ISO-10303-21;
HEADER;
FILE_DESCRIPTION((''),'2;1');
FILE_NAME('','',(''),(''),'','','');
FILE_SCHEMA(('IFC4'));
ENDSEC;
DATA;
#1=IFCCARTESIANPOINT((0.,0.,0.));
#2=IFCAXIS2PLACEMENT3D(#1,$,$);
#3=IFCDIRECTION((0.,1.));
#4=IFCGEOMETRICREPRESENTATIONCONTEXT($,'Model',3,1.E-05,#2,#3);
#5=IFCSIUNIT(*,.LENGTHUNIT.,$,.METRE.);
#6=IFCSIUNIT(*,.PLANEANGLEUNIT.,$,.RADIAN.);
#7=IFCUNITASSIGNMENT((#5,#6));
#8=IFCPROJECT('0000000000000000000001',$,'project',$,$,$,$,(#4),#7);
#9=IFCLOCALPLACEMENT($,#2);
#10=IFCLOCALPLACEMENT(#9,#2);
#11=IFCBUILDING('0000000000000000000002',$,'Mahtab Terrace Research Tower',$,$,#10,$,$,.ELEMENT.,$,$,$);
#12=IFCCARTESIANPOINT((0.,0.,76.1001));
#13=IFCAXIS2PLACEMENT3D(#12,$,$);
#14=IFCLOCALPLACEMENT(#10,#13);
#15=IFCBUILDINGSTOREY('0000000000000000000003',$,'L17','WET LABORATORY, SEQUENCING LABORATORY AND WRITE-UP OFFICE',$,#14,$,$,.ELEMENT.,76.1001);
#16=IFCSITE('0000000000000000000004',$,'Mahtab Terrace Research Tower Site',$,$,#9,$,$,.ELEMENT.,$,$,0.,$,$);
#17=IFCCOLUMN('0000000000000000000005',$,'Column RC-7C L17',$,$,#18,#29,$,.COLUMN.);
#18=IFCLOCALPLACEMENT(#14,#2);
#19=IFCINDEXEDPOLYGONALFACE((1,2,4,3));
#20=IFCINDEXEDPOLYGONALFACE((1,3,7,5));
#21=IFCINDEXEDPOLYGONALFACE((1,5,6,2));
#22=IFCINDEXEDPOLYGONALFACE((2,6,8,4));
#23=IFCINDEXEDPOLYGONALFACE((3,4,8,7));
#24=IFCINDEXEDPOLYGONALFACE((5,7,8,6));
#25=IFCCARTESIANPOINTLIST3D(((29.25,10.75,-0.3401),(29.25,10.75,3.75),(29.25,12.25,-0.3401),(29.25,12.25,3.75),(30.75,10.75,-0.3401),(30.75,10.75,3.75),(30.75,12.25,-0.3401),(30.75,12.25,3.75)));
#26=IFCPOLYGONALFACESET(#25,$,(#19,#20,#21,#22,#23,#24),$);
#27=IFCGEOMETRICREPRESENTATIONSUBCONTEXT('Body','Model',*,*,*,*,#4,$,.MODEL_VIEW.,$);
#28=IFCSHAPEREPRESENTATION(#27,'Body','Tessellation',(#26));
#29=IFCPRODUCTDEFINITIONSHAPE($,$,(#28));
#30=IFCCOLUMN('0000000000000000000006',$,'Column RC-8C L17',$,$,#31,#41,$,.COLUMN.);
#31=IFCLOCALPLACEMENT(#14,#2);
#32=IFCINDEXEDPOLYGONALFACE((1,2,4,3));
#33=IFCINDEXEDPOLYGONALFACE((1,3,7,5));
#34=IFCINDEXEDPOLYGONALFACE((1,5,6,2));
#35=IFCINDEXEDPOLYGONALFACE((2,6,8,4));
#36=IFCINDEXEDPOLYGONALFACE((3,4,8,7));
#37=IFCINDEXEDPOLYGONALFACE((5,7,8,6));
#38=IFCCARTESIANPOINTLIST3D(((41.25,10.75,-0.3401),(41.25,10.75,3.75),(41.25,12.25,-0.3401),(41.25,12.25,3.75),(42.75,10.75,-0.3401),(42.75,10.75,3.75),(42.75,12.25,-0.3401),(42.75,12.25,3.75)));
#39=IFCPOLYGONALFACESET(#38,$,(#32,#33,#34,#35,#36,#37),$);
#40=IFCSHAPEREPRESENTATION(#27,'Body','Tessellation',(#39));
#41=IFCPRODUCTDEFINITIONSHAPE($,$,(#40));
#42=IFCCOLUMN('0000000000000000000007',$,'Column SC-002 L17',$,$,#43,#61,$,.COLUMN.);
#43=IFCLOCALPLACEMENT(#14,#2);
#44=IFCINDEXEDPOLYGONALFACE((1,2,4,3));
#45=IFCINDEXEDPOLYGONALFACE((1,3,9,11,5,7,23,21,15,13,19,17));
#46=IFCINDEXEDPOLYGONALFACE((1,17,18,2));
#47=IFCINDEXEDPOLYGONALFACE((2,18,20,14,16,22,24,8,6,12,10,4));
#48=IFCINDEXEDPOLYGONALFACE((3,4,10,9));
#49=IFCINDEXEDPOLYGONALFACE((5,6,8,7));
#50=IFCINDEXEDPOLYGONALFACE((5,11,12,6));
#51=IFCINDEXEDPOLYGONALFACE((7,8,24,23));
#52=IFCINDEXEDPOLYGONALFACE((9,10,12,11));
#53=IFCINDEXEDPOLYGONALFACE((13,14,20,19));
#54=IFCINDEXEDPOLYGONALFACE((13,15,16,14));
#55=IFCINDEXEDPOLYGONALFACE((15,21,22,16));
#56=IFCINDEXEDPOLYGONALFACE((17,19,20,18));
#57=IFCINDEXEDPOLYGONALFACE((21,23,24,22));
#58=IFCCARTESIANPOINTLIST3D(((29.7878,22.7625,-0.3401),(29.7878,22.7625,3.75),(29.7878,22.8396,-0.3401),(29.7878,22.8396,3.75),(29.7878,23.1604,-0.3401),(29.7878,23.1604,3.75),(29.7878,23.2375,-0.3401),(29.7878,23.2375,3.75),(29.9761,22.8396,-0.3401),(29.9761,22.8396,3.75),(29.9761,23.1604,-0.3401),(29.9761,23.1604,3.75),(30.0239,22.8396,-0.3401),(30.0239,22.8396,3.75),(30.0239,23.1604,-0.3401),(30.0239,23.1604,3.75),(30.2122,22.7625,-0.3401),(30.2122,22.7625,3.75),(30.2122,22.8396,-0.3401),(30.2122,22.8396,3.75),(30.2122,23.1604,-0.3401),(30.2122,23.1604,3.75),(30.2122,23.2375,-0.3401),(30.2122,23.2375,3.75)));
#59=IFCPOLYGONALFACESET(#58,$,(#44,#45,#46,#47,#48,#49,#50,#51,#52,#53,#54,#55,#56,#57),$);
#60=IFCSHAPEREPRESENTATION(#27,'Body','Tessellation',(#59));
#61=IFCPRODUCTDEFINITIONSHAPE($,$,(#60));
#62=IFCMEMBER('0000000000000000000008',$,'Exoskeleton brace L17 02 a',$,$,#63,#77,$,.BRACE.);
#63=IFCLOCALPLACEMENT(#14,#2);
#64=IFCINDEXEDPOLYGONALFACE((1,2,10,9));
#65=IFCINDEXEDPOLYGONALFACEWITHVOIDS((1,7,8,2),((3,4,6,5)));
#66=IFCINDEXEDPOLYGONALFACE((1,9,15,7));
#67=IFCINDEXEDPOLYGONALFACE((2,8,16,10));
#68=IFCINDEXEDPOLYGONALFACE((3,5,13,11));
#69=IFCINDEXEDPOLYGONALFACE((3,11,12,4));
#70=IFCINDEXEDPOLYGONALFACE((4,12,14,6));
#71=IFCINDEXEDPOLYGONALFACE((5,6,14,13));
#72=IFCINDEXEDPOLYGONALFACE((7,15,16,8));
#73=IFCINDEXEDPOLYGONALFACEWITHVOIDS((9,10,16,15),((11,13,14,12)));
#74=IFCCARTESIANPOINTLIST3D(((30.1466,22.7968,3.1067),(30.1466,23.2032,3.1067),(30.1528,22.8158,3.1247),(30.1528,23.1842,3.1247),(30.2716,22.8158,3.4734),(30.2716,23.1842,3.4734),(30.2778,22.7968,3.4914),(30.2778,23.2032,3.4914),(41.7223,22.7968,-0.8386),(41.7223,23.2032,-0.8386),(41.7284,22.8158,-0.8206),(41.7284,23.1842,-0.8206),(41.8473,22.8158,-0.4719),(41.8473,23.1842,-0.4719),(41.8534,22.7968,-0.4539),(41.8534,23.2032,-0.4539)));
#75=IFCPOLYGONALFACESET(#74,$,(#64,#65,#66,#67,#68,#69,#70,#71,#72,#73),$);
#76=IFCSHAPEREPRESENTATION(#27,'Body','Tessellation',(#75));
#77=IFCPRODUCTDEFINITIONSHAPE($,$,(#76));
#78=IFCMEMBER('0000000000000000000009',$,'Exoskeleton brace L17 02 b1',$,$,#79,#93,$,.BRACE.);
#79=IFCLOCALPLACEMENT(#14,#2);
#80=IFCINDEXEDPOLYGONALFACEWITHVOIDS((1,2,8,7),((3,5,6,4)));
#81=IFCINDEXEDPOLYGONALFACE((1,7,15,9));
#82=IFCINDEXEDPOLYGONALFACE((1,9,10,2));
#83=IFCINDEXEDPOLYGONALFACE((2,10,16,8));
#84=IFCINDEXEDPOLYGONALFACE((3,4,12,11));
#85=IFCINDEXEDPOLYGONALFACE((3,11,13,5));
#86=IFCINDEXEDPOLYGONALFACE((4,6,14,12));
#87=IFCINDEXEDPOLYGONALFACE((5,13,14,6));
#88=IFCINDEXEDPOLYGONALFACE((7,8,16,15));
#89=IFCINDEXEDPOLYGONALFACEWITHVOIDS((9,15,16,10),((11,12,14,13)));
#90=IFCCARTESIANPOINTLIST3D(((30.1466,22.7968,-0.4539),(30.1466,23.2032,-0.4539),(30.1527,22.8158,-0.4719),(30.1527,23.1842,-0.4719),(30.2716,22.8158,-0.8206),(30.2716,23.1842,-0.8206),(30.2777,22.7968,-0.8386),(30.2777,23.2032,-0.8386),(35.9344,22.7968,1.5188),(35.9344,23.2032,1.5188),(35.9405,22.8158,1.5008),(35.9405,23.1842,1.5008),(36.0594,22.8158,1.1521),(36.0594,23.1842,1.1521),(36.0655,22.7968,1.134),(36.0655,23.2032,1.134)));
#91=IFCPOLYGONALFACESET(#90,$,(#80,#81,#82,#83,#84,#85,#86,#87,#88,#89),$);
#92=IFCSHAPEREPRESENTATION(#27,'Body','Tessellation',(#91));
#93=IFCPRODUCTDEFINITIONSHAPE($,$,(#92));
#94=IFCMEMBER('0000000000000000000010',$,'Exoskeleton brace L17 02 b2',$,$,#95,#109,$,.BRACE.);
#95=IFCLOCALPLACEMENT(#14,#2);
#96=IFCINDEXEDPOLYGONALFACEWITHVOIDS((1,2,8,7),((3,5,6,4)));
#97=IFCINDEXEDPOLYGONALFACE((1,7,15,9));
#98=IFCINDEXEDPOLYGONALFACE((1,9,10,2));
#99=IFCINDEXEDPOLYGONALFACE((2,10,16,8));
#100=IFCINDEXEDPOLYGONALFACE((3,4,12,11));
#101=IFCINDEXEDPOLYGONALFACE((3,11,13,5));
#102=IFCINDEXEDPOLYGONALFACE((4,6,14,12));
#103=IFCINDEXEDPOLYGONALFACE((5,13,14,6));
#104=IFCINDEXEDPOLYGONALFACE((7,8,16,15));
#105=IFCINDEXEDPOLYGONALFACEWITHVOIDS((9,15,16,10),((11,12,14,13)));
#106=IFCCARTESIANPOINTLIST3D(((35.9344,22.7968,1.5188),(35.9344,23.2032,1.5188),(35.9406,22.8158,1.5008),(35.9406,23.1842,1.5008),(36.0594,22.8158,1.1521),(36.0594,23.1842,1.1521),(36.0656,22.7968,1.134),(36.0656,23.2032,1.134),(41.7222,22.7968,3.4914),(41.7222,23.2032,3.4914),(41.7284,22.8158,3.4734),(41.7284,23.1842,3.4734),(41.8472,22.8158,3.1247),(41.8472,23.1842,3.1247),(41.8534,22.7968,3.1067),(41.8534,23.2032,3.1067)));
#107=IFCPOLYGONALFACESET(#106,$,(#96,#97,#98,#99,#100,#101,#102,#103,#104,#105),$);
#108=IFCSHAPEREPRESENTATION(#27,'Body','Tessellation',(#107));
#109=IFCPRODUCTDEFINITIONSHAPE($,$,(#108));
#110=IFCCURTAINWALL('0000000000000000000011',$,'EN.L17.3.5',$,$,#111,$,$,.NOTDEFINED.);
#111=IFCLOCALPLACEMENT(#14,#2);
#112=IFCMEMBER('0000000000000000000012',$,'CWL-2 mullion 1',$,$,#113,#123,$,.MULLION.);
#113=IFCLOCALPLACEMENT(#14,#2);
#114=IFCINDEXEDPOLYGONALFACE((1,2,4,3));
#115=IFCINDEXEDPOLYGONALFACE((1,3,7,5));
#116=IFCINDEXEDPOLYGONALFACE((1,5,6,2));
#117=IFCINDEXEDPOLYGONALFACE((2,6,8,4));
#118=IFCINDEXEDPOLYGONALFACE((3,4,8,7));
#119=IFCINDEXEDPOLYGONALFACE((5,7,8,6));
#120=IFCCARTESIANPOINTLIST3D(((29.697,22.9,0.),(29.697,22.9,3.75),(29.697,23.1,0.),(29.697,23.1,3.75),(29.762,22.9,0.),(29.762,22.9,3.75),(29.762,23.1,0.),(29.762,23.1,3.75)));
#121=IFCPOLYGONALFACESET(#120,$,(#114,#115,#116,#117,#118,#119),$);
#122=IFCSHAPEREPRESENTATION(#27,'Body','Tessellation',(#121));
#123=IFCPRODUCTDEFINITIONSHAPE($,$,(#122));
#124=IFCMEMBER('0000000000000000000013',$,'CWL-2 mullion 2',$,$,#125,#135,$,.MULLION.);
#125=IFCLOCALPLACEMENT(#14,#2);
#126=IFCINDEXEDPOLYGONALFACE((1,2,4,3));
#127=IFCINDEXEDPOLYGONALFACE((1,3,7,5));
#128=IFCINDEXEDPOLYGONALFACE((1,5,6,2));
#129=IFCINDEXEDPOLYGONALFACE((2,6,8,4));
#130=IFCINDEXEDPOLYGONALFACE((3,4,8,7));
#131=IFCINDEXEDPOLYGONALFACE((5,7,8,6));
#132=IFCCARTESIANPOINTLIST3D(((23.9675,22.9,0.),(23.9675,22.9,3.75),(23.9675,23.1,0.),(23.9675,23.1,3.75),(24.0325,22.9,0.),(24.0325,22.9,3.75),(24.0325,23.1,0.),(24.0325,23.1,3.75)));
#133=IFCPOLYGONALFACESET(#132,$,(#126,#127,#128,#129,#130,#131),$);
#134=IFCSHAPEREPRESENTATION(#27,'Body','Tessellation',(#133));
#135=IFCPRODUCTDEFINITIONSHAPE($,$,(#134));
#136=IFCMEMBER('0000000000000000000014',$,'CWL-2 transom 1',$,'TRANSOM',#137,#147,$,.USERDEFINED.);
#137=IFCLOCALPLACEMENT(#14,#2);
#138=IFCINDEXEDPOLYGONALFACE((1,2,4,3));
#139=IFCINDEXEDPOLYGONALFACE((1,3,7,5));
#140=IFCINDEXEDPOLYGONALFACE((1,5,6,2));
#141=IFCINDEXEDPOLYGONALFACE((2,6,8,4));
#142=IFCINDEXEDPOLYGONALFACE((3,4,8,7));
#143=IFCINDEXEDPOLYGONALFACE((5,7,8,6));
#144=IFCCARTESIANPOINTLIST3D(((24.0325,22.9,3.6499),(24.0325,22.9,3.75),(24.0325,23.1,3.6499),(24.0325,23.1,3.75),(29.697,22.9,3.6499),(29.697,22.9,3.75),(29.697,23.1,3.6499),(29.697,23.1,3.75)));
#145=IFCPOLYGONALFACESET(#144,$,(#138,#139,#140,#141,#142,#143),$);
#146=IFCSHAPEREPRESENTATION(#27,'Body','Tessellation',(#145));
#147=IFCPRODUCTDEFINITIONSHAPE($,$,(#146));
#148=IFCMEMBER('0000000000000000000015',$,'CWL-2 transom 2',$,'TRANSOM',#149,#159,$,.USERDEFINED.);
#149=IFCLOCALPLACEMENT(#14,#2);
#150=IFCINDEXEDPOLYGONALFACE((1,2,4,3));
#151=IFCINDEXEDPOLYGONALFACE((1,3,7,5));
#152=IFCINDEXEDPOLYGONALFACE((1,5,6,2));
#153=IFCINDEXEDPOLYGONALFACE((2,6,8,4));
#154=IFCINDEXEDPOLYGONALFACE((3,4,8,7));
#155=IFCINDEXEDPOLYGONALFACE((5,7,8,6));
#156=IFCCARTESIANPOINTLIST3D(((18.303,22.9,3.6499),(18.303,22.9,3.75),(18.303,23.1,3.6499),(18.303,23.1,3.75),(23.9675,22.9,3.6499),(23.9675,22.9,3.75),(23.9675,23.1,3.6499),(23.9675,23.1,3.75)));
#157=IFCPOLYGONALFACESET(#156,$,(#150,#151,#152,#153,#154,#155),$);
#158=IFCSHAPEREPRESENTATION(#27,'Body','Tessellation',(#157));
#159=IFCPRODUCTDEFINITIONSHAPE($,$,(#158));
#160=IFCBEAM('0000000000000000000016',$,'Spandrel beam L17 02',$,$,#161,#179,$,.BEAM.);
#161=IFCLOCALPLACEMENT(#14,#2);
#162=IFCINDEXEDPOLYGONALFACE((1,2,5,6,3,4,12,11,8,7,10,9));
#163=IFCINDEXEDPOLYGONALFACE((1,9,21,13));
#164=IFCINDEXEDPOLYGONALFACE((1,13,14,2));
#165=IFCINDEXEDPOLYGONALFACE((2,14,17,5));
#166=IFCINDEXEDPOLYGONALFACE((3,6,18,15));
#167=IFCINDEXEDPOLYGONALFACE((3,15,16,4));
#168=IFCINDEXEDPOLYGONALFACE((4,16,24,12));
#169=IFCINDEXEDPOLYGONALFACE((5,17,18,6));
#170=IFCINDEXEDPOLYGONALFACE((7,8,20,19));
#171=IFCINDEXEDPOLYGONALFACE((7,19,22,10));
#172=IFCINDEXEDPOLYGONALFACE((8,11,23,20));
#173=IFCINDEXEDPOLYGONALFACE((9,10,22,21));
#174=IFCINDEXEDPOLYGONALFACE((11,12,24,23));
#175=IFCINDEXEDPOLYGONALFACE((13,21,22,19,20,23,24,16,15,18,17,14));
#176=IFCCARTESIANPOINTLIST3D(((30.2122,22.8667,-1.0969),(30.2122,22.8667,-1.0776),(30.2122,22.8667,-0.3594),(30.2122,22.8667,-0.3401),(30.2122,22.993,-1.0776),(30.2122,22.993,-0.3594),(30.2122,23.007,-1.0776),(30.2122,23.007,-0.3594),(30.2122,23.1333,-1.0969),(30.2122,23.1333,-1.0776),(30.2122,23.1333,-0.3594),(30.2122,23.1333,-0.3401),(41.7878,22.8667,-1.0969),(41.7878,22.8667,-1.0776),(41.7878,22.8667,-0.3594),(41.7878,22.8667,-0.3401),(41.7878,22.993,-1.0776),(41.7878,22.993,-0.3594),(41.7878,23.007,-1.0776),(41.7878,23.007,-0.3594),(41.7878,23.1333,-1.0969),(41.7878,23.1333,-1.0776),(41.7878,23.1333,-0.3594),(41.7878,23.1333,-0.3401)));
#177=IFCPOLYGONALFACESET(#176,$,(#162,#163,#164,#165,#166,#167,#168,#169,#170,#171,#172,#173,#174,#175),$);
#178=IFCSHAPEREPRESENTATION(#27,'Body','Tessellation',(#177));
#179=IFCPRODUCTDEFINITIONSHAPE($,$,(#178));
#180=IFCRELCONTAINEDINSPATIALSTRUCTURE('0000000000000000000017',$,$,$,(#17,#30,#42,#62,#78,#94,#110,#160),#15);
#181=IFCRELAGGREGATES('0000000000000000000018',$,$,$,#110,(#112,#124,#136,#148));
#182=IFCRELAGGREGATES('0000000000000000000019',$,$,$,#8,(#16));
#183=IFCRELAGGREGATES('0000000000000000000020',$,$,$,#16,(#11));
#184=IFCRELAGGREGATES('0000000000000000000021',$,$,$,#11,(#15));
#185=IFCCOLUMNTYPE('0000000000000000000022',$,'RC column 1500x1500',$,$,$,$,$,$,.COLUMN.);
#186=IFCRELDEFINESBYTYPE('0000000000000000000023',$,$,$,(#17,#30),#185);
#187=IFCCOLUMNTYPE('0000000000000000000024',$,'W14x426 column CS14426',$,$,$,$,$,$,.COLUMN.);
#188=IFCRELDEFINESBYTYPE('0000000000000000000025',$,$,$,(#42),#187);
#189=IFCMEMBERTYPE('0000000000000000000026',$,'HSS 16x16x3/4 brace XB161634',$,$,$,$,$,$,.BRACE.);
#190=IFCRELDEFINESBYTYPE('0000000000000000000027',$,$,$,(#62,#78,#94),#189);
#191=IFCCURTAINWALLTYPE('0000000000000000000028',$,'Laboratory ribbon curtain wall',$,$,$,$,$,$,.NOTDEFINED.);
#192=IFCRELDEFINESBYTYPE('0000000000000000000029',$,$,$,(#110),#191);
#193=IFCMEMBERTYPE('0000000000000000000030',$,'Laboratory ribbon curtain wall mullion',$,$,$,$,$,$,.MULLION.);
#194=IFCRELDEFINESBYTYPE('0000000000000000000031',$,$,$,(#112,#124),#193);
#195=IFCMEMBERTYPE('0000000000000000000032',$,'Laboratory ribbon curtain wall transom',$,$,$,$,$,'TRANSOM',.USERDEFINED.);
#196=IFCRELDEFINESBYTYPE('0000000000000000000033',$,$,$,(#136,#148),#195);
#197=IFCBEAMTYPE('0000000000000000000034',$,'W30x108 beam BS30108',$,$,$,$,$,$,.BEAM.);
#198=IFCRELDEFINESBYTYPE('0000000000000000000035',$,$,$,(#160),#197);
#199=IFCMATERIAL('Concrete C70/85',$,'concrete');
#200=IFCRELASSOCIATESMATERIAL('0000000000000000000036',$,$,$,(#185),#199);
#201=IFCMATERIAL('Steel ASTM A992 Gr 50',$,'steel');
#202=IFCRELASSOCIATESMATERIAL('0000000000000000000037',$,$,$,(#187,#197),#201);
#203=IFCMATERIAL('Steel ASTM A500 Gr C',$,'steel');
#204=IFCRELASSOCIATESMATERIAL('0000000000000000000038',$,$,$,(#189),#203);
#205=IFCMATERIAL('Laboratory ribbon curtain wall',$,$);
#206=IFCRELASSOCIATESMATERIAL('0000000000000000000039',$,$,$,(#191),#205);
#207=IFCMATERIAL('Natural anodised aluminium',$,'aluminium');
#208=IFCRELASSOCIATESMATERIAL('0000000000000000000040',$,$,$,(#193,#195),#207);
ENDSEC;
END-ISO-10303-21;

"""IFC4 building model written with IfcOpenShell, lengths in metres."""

from ifc_helpers import new_model, si_unit, direction, frame, origin, origin_2d, place, context, subcontext, project, spatial, rectangle, hollow_rectangle, i_section, extrude, material, material_profile, profile_set, type_object, element, aggregate, save


model = new_model("IFC4")

# Units and contexts
model_context = context("Model", 3, precision=1e-05, world=origin(), true_north=direction((0.0, 1.0)))
body_context = subcontext(model_context, "Body", "Model", "MODEL_VIEW")
ifc_project = project(units=[si_unit("LENGTHUNIT", "METRE"), si_unit("PLANEANGLEUNIT", "RADIAN")], contexts=[model_context])

# Site, building, storey
site_placement = place(None, origin())
site = spatial("IfcSite", under=ifc_project, at=site_placement, Name="Mahtab Terrace Research Tower Site", CompositionType="ELEMENT", RefElevation=0.0)
building_placement = place(site_placement, origin())
building = spatial("IfcBuilding", under=site, at=building_placement, Name="Mahtab Terrace Research Tower", CompositionType="ELEMENT")
storey_placement = place(building_placement, frame((0.0, 0.0, 76.1001)))
storey = spatial("IfcBuildingStorey", under=building, at=storey_placement, Name="L17", Description="WET LABORATORY, SEQUENCING LABORATORY AND WRITE-UP OFFICE", CompositionType="ELEMENT", Elevation=76.1001)

# Columns
ifc_material_1 = material(Name="Concrete C70/85", Category="concrete")
ifc_material_profile_1 = material_profile(ifc_material_1, rectangle(XDim=1.5, YDim=1.5, at=origin_2d()), Name="RC column 1500x1500")
ifc_profile_set_1 = profile_set([ifc_material_profile_1], Name="Concrete C70/85")
column_type_1 = type_object("IfcColumnType", Name="RC column 1500x1500", PredefinedType="COLUMN", material=ifc_profile_set_1)
for number, where, z_axis, x_axis, name in (
    (1, (30.0, 11.5, -0.3401), (0.0, 0.0, 1.0), (1.0, 0.0, 0.0), "Column RC-7C L17"),
    (2, (42.0, 11.5, -0.3401), (0.0, 0.0, 1.0), (1.0, 0.0, 0.0), "Column RC-8C L17"),
):
    element("IfcColumn", number, at=place(storey_placement, frame(where, z_axis=z_axis, x_axis=x_axis)), inside=storey, type_object=column_type_1, Name=name, PredefinedType="COLUMN", context=body_context, shape_type="SweptSolid", body=[
        extrude(rectangle(XDim=1.5, YDim=1.5, at=origin_2d()), origin(), (0.0, 0.0, 1.0), 4.0901),
    ])
ifc_material_2 = material(Name="Steel ASTM A992 Gr 50", Category="steel")
ifc_material_profile_2 = material_profile(ifc_material_2, i_section(OverallWidth=0.4243, OverallDepth=0.4751, WebThickness=0.0479, FlangeThickness=0.0771, at=origin_2d()), Name="W14X426")
ifc_profile_set_2 = profile_set([ifc_material_profile_2], Name="Steel ASTM A992 Gr 50")
column_type_2 = type_object("IfcColumnType", Name="W14x426 column CS14426", PredefinedType="COLUMN", material=ifc_profile_set_2)
column_placement = place(storey_placement, frame((30.0, 23.0, -0.3401), z_axis=(0.0, 0.0, 1.0), x_axis=(1.0, 0.0, 0.0)))
element("IfcColumn", 3, at=column_placement, inside=storey, type_object=column_type_2, Name="Column SC-002 L17", PredefinedType="COLUMN", context=body_context, shape_type="SweptSolid", body=[
    extrude(i_section(OverallWidth=0.4243, OverallDepth=0.4751, WebThickness=0.0479, FlangeThickness=0.0771, at=origin_2d()), origin(), (0.0, 0.0, 1.0), 4.0901),
])

# Members
ifc_material_3 = material(Name="Steel ASTM A500 Gr C", Category="steel")
ifc_material_profile_3 = material_profile(ifc_material_3, hollow_rectangle(XDim=0.4065, YDim=0.4065, WallThickness=0.019, at=origin_2d()), Name="HSS16X16X3/4")
ifc_profile_set_3 = profile_set([ifc_material_profile_3], Name="Steel ASTM A500 Gr C")
member_type_1 = type_object("IfcMemberType", Name="HSS 16x16x3/4 brace XB161634", PredefinedType="BRACE", material=ifc_profile_set_3)
member_1_placement = place(storey_placement, frame((41.7878, 23.0, -0.6462), z_axis=(-0.946534, 0.0, 0.322605), x_axis=(0.0, -1.0, 0.0)))
element("IfcMember", 4, at=member_1_placement, inside=storey, type_object=member_type_1, Name="Exoskeleton brace L17 02 a", PredefinedType="BRACE", context=body_context, shape_type="SweptSolid", body=[
    extrude(hollow_rectangle(XDim=0.4065, YDim=0.4065, WallThickness=0.019, at=origin_2d()), origin(), (0.0, 0.0, 1.0), 12.2295),
])
for number, where, z_axis, x_axis, name in (
    (5, (30.2122, 23.0, -0.6462), (0.946534, 0.0, 0.322605), (0.0, 1.0, 0.0), "Exoskeleton brace L17 02 b1"),
    (6, (36.0, 23.0, 1.3264), (0.946534, 0.0, 0.322605), (0.0, 1.0, 0.0), "Exoskeleton brace L17 02 b2"),
):
    element("IfcMember", number, at=place(storey_placement, frame(where, z_axis=z_axis, x_axis=x_axis)), inside=storey, type_object=member_type_1, Name=name, PredefinedType="BRACE", context=body_context, shape_type="SweptSolid", body=[
        extrude(hollow_rectangle(XDim=0.4065, YDim=0.4065, WallThickness=0.019, at=origin_2d()), origin(), (0.0, 0.0, 1.0), 6.1147),
    ])

# Curtain wall, members
ifc_material_4 = material(Name="Laboratory ribbon curtain wall")
curtain_wall_type = type_object("IfcCurtainWallType", Name="Laboratory ribbon curtain wall", PredefinedType="NOTDEFINED", material=ifc_material_4)
curtain_wall_placement = place(storey_placement, origin())
curtain_wall = element("IfcCurtainWall", 7, at=curtain_wall_placement, inside=storey, type_object=curtain_wall_type, Name="EN.L17.3.5", PredefinedType="NOTDEFINED")
ifc_material_5 = material(Name="Natural anodised aluminium", Category="aluminium")
ifc_material_profile_4 = material_profile(ifc_material_5, rectangle(XDim=0.2, YDim=0.0649, at=origin_2d()), Name="MULLION 65x200")
ifc_profile_set_4 = profile_set([ifc_material_profile_4], Name="Natural anodised aluminium")
member_type_2 = type_object("IfcMemberType", Name="Laboratory ribbon curtain wall mullion", PredefinedType="MULLION", material=ifc_profile_set_4)
member_2_placement = place(storey_placement, frame((29.7295, 23.0, 0.0), z_axis=(0.0, 0.0, 1.0), x_axis=(0.0, -1.0, 0.0)))
member_2 = element("IfcMember", 8, at=member_2_placement, type_object=member_type_2, Name="CWL-2 mullion 1", PredefinedType="MULLION", context=body_context, shape_type="SweptSolid", body=[
    extrude(rectangle(XDim=0.2, YDim=0.0649, at=origin_2d()), origin(), (0.0, 0.0, 1.0), 3.75),
])
member_3_placement = place(storey_placement, frame((24.0, 23.0, 0.0), z_axis=(0.0, 0.0, 1.0), x_axis=(0.0, -1.0, 0.0)))
member_3 = element("IfcMember", 9, at=member_3_placement, type_object=member_type_2, Name="CWL-2 mullion 2", PredefinedType="MULLION", context=body_context, shape_type="SweptSolid", body=[
    extrude(rectangle(XDim=0.2, YDim=0.0649, at=origin_2d()), origin(), (0.0, 0.0, 1.0), 3.75),
])
ifc_material_profile_5 = material_profile(ifc_material_5, rectangle(XDim=0.2, YDim=0.1001, at=origin_2d()), Name="TRANSOM 100x200")
ifc_profile_set_5 = profile_set([ifc_material_profile_5], Name="Natural anodised aluminium")
member_type_3 = type_object("IfcMemberType", Name="Laboratory ribbon curtain wall transom", ElementType="TRANSOM", PredefinedType="USERDEFINED", material=ifc_profile_set_5)
member_4_placement = place(storey_placement, frame((29.697, 23.0, 3.7), z_axis=(-1.0, 0.0, 0.0), x_axis=(0.0, -1.0, 0.0)))
member_4 = element("IfcMember", 10, at=member_4_placement, type_object=member_type_3, Name="CWL-2 transom 1", ObjectType="TRANSOM", PredefinedType="USERDEFINED", context=body_context, shape_type="SweptSolid", body=[
    extrude(rectangle(XDim=0.2, YDim=0.1001, at=origin_2d()), origin(), (0.0, 0.0, 1.0), 5.6646),
])
member_5_placement = place(storey_placement, frame((23.9675, 23.0, 3.7), z_axis=(-1.0, 0.0, 0.0), x_axis=(0.0, -1.0, 0.0)))
member_5 = element("IfcMember", 11, at=member_5_placement, type_object=member_type_3, Name="CWL-2 transom 2", ObjectType="TRANSOM", PredefinedType="USERDEFINED", context=body_context, shape_type="SweptSolid", body=[
    extrude(rectangle(XDim=0.2, YDim=0.1001, at=origin_2d()), origin(), (0.0, 0.0, 1.0), 5.6646),
])

# Beam
ifc_material_profile_6 = material_profile(ifc_material_2, i_section(OverallWidth=0.2666, OverallDepth=0.7568, WebThickness=0.0139, FlangeThickness=0.0193, at=origin_2d()), Name="W30X108")
ifc_profile_set_6 = profile_set([ifc_material_profile_6], Name="Steel ASTM A992 Gr 50")
beam_type = type_object("IfcBeamType", Name="W30x108 beam BS30108", PredefinedType="BEAM", material=ifc_profile_set_6)
for number, where, z_axis, x_axis, name in (
    (12, (41.7878, 23.0, -0.7185), (-1.0, 0.0, 0.0), (0.0, -1.0, 0.0), "Spandrel beam L17 02"),
):
    element("IfcBeam", number, at=place(storey_placement, frame(where, z_axis=z_axis, x_axis=x_axis)), inside=storey, type_object=beam_type, Name=name, PredefinedType="BEAM", context=body_context, shape_type="SweptSolid", body=[
        extrude(i_section(OverallWidth=0.2666, OverallDepth=0.7568, WebThickness=0.0139, FlangeThickness=0.0193, at=origin_2d()), origin(), (0.0, 0.0, 1.0), 11.5757),
    ])

aggregate(curtain_wall, [member_2, member_3, member_4, member_5])

save(model, "model.ifc")
